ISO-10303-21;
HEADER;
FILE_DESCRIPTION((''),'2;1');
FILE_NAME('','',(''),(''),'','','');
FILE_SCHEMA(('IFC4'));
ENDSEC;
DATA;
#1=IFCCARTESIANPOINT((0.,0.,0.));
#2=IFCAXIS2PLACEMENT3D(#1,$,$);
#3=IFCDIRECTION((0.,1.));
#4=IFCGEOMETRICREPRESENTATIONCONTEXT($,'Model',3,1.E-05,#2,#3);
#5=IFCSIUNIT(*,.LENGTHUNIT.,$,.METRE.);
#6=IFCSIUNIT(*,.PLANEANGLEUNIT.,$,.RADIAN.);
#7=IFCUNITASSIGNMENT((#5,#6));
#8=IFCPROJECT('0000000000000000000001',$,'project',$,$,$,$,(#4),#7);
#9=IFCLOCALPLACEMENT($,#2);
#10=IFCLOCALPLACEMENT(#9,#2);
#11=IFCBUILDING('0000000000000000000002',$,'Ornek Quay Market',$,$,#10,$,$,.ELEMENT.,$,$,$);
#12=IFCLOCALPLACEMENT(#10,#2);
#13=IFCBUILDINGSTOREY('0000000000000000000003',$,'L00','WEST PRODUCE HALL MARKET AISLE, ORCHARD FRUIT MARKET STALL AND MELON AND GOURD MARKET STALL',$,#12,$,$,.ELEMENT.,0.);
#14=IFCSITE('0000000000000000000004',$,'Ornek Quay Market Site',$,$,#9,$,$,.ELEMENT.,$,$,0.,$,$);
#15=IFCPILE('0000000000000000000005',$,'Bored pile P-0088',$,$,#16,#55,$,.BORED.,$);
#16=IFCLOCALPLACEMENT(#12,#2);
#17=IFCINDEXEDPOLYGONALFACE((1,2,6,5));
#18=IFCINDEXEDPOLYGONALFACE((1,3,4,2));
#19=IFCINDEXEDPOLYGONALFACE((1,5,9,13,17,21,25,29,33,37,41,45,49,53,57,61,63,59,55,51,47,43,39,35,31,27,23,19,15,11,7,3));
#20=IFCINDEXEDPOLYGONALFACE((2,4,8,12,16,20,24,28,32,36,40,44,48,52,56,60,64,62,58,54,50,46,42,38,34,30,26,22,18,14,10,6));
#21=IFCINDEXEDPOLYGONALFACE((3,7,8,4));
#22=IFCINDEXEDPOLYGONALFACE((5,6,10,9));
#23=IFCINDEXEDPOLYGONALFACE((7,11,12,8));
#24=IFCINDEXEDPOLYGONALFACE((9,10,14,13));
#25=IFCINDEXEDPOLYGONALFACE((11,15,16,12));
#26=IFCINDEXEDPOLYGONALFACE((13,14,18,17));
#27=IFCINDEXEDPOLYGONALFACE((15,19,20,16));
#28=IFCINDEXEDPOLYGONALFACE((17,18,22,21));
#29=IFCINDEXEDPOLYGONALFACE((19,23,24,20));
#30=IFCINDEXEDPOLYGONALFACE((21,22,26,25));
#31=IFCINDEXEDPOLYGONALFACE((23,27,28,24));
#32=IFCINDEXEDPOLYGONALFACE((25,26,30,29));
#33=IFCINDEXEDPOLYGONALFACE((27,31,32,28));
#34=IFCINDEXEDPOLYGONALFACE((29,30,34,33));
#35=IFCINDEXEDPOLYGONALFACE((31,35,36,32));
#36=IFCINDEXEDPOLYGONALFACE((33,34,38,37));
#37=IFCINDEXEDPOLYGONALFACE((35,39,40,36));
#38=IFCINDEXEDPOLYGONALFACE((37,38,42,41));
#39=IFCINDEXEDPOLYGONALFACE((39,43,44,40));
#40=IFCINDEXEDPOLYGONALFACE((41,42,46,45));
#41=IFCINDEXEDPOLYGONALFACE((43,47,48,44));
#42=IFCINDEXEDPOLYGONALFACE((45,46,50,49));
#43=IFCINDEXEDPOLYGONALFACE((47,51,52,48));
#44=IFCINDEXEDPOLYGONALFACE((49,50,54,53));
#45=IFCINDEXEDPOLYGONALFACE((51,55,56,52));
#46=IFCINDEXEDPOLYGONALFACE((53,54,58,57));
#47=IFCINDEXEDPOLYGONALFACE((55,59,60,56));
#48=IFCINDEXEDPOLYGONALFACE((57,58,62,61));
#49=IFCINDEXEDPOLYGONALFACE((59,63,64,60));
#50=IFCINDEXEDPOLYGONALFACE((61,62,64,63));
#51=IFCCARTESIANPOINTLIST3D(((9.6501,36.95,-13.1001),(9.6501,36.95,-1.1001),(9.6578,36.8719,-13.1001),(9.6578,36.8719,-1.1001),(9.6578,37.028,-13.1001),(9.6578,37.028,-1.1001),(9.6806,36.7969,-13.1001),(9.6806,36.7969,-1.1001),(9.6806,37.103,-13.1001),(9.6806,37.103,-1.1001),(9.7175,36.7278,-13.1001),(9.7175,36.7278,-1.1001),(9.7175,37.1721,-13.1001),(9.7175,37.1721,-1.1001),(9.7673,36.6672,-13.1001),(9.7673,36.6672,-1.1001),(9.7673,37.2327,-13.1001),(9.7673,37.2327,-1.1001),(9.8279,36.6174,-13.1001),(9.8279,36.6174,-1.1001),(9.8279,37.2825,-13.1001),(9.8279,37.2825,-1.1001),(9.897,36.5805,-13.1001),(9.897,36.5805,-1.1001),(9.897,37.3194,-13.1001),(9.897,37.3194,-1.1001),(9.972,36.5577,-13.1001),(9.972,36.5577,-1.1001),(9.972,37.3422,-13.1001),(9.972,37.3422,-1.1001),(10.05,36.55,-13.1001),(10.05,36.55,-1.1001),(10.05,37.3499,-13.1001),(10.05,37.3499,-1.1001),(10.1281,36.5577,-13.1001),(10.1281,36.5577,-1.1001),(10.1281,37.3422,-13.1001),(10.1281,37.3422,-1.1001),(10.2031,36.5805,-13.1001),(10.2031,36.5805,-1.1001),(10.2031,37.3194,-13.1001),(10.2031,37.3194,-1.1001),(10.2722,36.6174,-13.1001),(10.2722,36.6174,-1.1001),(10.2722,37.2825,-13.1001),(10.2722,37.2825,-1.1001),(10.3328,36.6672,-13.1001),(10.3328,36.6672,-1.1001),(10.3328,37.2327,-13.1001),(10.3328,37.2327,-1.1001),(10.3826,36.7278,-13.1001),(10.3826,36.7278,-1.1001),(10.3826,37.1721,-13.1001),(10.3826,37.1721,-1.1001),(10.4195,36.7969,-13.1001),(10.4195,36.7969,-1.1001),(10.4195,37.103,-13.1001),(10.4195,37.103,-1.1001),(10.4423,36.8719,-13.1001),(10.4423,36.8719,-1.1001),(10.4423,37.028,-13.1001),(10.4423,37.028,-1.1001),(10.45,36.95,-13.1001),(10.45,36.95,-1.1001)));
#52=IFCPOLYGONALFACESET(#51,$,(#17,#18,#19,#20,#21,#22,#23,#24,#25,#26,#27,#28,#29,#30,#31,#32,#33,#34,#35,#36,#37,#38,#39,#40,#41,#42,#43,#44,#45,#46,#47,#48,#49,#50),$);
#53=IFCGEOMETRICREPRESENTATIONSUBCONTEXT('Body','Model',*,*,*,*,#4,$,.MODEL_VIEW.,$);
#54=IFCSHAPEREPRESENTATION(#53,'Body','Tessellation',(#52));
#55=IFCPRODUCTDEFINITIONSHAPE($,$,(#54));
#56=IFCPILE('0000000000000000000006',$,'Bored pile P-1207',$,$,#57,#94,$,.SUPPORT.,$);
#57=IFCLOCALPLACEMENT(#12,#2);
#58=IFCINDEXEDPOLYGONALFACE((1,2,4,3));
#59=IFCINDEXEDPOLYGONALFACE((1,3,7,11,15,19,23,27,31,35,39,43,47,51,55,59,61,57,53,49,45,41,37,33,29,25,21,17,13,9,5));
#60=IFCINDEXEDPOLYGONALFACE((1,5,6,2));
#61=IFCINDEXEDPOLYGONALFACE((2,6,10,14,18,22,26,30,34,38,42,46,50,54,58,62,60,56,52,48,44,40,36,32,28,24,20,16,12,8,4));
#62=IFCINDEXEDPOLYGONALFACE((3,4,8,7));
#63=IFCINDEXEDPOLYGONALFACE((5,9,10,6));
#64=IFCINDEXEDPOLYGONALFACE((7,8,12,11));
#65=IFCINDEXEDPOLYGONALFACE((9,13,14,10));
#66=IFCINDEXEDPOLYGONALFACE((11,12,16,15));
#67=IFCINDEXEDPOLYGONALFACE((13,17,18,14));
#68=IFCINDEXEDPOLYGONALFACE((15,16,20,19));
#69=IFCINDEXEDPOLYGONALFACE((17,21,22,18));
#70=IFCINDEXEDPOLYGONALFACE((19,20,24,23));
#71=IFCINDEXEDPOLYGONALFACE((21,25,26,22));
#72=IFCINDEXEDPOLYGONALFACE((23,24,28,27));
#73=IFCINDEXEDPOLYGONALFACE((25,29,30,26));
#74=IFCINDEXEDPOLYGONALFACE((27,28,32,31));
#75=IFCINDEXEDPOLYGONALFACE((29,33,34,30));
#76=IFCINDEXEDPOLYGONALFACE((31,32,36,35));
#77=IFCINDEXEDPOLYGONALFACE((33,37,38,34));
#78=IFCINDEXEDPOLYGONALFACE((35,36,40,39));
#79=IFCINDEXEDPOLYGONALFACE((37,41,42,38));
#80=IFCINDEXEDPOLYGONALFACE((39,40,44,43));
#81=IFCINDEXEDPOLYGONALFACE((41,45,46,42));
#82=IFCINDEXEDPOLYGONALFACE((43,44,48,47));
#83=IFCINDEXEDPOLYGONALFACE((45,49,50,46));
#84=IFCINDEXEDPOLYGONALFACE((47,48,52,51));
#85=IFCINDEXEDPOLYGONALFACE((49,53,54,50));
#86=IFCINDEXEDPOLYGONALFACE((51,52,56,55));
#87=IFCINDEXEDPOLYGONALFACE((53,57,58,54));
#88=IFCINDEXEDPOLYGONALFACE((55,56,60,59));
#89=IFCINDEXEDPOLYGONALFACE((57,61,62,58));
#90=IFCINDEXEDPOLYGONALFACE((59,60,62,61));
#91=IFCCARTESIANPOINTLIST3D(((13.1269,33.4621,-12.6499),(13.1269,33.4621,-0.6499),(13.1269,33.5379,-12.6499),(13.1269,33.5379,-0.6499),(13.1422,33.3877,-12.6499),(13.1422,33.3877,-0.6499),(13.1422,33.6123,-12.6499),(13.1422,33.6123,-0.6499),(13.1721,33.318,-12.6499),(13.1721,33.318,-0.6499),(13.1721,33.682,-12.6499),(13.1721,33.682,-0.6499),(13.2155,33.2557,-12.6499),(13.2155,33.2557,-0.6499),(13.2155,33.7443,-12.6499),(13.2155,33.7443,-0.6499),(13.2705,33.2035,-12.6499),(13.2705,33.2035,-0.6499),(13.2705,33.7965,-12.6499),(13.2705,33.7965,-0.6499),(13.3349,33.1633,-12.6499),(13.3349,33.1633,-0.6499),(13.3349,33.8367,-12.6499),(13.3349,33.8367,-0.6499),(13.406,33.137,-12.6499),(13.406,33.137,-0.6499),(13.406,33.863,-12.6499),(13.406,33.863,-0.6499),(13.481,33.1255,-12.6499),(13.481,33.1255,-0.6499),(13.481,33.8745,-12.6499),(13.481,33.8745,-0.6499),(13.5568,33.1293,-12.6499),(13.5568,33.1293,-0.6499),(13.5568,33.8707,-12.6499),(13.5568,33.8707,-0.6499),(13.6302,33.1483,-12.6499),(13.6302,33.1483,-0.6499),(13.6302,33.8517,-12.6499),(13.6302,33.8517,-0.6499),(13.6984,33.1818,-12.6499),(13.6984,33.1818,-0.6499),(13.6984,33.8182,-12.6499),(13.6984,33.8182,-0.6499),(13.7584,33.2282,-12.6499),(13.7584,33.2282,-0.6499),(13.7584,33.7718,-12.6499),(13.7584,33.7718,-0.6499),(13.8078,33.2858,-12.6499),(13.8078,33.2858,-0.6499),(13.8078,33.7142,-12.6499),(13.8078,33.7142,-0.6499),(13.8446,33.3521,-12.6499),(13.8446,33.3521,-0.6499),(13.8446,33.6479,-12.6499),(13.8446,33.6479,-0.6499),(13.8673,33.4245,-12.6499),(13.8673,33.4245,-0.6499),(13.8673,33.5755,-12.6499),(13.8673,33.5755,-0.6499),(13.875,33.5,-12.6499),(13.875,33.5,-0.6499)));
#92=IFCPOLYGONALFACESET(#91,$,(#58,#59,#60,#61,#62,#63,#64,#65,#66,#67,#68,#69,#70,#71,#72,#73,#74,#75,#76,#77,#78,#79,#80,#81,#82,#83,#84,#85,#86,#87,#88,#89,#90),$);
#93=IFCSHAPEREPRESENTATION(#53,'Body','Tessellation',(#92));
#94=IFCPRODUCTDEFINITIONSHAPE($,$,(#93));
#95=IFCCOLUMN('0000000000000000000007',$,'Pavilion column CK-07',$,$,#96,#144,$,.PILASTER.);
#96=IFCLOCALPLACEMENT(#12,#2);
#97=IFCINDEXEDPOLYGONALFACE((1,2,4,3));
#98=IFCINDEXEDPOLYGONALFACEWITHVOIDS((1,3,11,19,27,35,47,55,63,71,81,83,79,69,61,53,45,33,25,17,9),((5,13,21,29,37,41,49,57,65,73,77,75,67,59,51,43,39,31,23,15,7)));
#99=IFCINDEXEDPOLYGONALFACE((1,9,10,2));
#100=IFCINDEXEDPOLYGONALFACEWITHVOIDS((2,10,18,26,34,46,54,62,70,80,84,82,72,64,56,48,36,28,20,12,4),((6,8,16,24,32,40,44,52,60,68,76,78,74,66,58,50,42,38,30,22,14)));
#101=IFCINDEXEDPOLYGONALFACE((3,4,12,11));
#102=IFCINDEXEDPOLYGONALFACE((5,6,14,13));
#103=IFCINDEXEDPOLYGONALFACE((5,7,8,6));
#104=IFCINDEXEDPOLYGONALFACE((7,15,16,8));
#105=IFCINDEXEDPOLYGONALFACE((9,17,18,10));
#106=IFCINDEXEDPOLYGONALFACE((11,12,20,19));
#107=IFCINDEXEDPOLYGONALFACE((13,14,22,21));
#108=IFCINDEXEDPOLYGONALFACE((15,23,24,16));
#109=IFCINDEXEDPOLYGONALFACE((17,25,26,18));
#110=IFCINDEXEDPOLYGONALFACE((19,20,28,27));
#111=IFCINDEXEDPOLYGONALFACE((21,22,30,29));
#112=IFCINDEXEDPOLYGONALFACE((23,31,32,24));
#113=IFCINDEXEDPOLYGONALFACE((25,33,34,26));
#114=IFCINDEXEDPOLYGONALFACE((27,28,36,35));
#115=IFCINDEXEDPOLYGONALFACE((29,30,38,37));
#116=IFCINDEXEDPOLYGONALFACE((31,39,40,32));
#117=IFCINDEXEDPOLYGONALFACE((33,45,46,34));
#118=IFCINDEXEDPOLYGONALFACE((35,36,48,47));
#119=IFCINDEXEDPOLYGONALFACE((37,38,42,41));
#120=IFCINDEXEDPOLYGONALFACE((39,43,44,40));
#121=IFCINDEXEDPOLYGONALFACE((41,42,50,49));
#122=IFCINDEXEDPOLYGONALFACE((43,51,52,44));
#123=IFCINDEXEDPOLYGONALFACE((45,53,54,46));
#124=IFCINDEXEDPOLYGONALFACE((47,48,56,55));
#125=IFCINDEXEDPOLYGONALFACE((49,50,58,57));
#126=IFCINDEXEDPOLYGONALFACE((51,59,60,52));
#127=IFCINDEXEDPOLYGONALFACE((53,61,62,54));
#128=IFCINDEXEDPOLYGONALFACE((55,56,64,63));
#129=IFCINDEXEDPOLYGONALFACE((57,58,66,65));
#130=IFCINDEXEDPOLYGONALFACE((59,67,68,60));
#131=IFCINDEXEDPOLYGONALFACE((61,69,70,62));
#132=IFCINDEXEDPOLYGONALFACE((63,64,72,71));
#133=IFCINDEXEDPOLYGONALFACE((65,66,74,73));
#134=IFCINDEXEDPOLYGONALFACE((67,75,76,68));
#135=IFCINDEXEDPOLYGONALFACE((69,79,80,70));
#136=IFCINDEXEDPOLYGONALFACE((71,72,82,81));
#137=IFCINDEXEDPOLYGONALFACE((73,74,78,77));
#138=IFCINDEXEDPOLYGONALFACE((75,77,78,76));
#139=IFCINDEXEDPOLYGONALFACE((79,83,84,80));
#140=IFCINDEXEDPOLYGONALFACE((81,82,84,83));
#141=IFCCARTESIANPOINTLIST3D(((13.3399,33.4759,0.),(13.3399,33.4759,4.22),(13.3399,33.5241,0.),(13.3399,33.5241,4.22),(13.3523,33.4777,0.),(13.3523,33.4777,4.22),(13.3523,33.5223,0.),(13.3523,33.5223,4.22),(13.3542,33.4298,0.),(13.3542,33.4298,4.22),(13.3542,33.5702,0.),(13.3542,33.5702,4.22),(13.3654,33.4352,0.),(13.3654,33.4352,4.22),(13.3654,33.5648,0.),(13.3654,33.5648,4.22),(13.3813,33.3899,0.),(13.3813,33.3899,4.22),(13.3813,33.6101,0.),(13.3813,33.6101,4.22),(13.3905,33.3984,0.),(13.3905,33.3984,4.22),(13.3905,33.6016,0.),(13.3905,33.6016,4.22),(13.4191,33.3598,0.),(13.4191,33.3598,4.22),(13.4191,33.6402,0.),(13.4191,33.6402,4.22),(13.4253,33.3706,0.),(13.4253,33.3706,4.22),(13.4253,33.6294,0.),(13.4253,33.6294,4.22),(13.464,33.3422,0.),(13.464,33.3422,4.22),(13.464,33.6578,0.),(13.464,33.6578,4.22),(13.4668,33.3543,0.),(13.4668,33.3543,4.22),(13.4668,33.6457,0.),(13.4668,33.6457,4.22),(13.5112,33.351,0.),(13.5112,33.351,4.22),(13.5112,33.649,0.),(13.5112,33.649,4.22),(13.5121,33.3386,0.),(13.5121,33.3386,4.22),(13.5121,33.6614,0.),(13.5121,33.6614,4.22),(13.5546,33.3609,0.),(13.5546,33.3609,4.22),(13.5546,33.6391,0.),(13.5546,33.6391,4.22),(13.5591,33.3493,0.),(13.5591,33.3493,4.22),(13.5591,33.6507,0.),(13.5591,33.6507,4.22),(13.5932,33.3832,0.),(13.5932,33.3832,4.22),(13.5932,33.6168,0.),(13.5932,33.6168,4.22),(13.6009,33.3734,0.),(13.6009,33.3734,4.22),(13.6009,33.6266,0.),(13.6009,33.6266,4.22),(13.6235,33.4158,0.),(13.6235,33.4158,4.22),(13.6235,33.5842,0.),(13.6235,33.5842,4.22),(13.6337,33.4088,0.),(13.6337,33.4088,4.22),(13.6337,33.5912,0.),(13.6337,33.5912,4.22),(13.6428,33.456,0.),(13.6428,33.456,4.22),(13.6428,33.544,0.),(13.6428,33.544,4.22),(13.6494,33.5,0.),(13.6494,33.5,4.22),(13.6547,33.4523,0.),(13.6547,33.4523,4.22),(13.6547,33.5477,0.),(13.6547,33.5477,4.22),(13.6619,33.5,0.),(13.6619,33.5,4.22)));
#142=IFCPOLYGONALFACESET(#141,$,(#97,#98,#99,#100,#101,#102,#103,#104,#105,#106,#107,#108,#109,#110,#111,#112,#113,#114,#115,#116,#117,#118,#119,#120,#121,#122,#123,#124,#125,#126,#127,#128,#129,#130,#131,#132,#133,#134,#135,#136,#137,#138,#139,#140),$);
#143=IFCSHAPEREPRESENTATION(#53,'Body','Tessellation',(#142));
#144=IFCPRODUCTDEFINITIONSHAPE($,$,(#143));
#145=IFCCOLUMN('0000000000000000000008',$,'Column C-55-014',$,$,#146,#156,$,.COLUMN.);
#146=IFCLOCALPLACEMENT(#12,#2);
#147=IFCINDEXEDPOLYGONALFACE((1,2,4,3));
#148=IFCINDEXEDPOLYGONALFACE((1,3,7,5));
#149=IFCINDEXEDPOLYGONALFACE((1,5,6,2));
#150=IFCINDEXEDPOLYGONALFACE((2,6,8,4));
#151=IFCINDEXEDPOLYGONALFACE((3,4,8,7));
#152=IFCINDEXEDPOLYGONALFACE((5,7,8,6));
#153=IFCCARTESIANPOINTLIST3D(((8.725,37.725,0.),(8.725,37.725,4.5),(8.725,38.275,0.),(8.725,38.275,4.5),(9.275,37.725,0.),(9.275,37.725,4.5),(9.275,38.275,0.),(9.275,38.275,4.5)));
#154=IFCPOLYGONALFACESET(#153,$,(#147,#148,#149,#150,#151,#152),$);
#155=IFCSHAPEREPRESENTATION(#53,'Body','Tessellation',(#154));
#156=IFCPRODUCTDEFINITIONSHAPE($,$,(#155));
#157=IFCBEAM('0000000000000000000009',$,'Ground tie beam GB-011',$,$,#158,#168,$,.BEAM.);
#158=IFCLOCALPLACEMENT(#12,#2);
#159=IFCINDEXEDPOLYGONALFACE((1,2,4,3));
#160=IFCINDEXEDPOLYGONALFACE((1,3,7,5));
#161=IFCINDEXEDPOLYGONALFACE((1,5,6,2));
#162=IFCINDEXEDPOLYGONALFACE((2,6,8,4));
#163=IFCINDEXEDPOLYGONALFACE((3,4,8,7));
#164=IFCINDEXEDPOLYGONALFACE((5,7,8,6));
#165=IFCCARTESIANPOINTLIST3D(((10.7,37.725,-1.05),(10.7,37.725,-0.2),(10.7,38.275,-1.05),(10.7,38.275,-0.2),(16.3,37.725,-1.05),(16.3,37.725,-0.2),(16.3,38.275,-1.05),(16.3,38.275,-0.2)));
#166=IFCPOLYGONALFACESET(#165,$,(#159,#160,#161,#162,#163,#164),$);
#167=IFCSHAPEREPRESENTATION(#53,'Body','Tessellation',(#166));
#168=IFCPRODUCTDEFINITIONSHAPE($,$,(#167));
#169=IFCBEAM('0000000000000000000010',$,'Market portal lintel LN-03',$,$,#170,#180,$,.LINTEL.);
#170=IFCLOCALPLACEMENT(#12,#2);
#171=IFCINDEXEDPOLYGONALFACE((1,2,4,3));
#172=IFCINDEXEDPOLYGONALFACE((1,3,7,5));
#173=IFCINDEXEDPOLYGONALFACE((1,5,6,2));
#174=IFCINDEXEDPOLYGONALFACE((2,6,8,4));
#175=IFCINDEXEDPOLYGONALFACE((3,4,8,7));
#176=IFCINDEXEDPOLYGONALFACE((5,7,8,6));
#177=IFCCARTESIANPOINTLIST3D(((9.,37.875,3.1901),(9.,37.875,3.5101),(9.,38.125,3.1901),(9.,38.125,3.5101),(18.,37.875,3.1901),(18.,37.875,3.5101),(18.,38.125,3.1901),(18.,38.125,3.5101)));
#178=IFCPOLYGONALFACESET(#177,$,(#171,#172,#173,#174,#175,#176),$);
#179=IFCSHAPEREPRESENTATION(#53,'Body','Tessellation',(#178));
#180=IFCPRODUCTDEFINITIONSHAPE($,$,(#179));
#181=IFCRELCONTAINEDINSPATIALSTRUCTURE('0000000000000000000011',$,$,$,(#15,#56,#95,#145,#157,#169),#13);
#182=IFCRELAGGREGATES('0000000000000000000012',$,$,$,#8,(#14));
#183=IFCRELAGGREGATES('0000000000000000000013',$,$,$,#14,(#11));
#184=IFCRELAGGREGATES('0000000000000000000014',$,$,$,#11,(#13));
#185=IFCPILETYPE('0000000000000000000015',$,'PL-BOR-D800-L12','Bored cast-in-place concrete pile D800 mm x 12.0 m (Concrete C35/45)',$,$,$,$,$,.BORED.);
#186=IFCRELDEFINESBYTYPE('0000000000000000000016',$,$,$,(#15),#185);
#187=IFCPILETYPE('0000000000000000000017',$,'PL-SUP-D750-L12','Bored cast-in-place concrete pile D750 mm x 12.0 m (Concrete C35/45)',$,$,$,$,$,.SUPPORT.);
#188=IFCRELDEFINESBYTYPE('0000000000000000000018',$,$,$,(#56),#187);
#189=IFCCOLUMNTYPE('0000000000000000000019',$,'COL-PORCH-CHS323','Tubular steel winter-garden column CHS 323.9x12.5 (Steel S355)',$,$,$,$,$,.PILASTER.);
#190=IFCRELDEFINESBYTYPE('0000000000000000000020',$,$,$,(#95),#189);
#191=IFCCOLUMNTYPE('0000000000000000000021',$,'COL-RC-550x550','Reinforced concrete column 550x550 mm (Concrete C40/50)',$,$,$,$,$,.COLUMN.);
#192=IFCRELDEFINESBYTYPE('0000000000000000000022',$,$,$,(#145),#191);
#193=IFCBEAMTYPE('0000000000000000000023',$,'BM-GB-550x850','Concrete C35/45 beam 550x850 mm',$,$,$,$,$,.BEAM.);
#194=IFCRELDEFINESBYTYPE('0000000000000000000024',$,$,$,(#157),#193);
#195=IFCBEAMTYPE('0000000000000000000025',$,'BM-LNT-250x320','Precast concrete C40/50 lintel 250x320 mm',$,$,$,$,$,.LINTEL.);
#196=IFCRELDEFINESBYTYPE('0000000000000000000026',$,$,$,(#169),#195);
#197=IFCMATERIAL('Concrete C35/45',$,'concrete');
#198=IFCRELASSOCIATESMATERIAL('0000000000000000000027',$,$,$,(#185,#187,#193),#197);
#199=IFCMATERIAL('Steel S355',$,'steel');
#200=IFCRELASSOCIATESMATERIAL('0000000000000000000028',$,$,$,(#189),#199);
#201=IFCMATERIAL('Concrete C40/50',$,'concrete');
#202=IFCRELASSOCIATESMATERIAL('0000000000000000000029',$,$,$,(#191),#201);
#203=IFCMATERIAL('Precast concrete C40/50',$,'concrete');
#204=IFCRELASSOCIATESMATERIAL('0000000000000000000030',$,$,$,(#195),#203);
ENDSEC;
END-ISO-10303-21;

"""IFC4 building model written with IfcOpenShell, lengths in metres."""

from ifc_helpers import new_model, si_unit, direction, frame, origin, origin_2d, place, context, subcontext, project, spatial, rectangle, circle, hollow_circle, extrude, material, material_profile, profile_set, type_object, element, save


model = new_model("IFC4")

# Units and contexts
model_context = context("Model", 3, precision=1e-05, world=origin(), true_north=direction((0.0, 1.0)))
body_context = subcontext(model_context, "Body", "Model", "MODEL_VIEW")
ifc_project = project(units=[si_unit("LENGTHUNIT", "METRE"), si_unit("PLANEANGLEUNIT", "RADIAN")], contexts=[model_context])

# Site, building, storey
site_placement = place(None, origin())
site = spatial("IfcSite", under=ifc_project, at=site_placement, Name="Ornek Quay Market Site", CompositionType="ELEMENT", RefElevation=0.0)
building_placement = place(site_placement, origin())
building = spatial("IfcBuilding", under=site, at=building_placement, Name="Ornek Quay Market", CompositionType="ELEMENT")
storey_placement = place(building_placement, origin())
storey = spatial("IfcBuildingStorey", under=building, at=storey_placement, Name="L00", Description="WEST PRODUCE HALL MARKET AISLE, ORCHARD FRUIT MARKET STALL AND MELON AND GOURD MARKET STALL", CompositionType="ELEMENT", Elevation=0.0)

# Piles
ifc_material_1 = material(Name="Concrete C35/45", Category="concrete")
ifc_material_profile_1 = material_profile(ifc_material_1, circle(Radius=0.3999, at=origin_2d()), Name="PILE D800", Category="concrete")
ifc_profile_set_1 = profile_set([ifc_material_profile_1], Name="Concrete C35/45")
pile_type_1 = type_object("IfcPileType", Name="PL-BOR-D800-L12", Description="Bored cast-in-place concrete pile D800 mm x 12.0 m (Concrete C35/45)", PredefinedType="BORED", material=ifc_profile_set_1)
pile_1_placement = place(storey_placement, frame((10.05, 36.95, -1.1001), z_axis=(0.0, 0.0, -1.0), x_axis=(1.0, 0.0, 0.0)))
element("IfcPile", 1, at=pile_1_placement, inside=storey, type_object=pile_type_1, Name="Bored pile P-0088", PredefinedType="BORED", context=body_context, shape_type="SweptSolid", body=[
    extrude(circle(Radius=0.3999, at=origin_2d()), origin(), (0.0, 0.0, 1.0), 12.0),
])
ifc_material_profile_2 = material_profile(ifc_material_1, circle(Radius=0.375, at=origin_2d()), Name="PILE D750", Category="concrete")
ifc_profile_set_2 = profile_set([ifc_material_profile_2], Name="Concrete C35/45")
pile_type_2 = type_object("IfcPileType", Name="PL-SUP-D750-L12", Description="Bored cast-in-place concrete pile D750 mm x 12.0 m (Concrete C35/45)", PredefinedType="SUPPORT", material=ifc_profile_set_2)
pile_2_placement = place(storey_placement, frame((13.5, 33.5, -0.6499), z_axis=(0.0, 0.0, -1.0), x_axis=(1.0, 0.0, 0.0)))
element("IfcPile", 2, at=pile_2_placement, inside=storey, type_object=pile_type_2, Name="Bored pile P-1207", PredefinedType="SUPPORT", context=body_context, shape_type="SweptSolid", body=[
    extrude(circle(Radius=0.375, at=origin_2d()), origin(), (0.0, 0.0, 1.0), 12.0),
])

# Columns
ifc_material_2 = material(Name="Steel S355", Category="steel")
ifc_material_profile_3 = material_profile(ifc_material_2, hollow_circle(Radius=0.1619, WallThickness=0.0125, at=origin_2d()), Name="CHS 323.9x12.5", Category="steel")
ifc_profile_set_3 = profile_set([ifc_material_profile_3], Name="Steel S355")
column_type_1 = type_object("IfcColumnType", Name="COL-PORCH-CHS323", Description="Tubular steel winter-garden column CHS 323.9x12.5 (Steel S355)", PredefinedType="PILASTER", material=ifc_profile_set_3)
column_1_placement = place(storey_placement, frame((13.5, 33.5, 0.0), z_axis=(0.0, 0.0, 1.0), x_axis=(1.0, 0.0, 0.0)))
element("IfcColumn", 3, at=column_1_placement, inside=storey, type_object=column_type_1, Name="Pavilion column CK-07", PredefinedType="PILASTER", context=body_context, shape_type="SweptSolid", body=[
    extrude(hollow_circle(Radius=0.1619, WallThickness=0.0125, at=origin_2d()), origin(), (0.0, 0.0, 1.0), 4.22),
])
ifc_material_3 = material(Name="Concrete C40/50", Category="concrete")
ifc_material_profile_4 = material_profile(ifc_material_3, rectangle(XDim=0.55, YDim=0.55, at=origin_2d()), Name="RC 550x550", Category="concrete")
ifc_profile_set_4 = profile_set([ifc_material_profile_4], Name="Concrete C40/50")
column_type_2 = type_object("IfcColumnType", Name="COL-RC-550x550", Description="Reinforced concrete column 550x550 mm (Concrete C40/50)", PredefinedType="COLUMN", material=ifc_profile_set_4)
column_2_placement = place(storey_placement, frame((9.0, 38.0, 0.0), z_axis=(0.0, 0.0, 1.0), x_axis=(1.0, 0.0, 0.0)))
element("IfcColumn", 4, at=column_2_placement, inside=storey, type_object=column_type_2, Name="Column C-55-014", PredefinedType="COLUMN", context=body_context, shape_type="SweptSolid", body=[
    extrude(rectangle(XDim=0.55, YDim=0.55, at=origin_2d()), origin(), (0.0, 0.0, 1.0), 4.5),
])

# Beams
ifc_material_profile_5 = material_profile(ifc_material_1, rectangle(XDim=0.55, YDim=0.8501, at=origin_2d()), Name="RC 550x850", Category="concrete")
ifc_profile_set_5 = profile_set([ifc_material_profile_5], Name="Concrete C35/45")
beam_type_1 = type_object("IfcBeamType", Name="BM-GB-550x850", Description="Concrete C35/45 beam 550x850 mm", PredefinedType="BEAM", material=ifc_profile_set_5)
beam_1_placement = place(storey_placement, frame((10.7, 38.0, -0.625), z_axis=(1.0, 0.0, 0.0), x_axis=(0.0, 1.0, 0.0)))
element("IfcBeam", 5, at=beam_1_placement, inside=storey, type_object=beam_type_1, Name="Ground tie beam GB-011", PredefinedType="BEAM", context=body_context, shape_type="SweptSolid", body=[
    extrude(rectangle(XDim=0.55, YDim=0.8501, at=origin_2d()), origin(), (0.0, 0.0, 1.0), 5.6001),
])
ifc_material_4 = material(Name="Precast concrete C40/50", Category="concrete")
ifc_material_profile_6 = material_profile(ifc_material_4, rectangle(XDim=0.25, YDim=0.3201, at=origin_2d()), Name="RC 250x320", Category="concrete")
ifc_profile_set_6 = profile_set([ifc_material_profile_6], Name="Precast concrete C40/50")
beam_type_2 = type_object("IfcBeamType", Name="BM-LNT-250x320", Description="Precast concrete C40/50 lintel 250x320 mm", PredefinedType="LINTEL", material=ifc_profile_set_6)
beam_2_placement = place(storey_placement, frame((9.0, 38.0, 3.3501), z_axis=(1.0, 0.0, 0.0), x_axis=(0.0, 1.0, 0.0)))
element("IfcBeam", 6, at=beam_2_placement, inside=storey, type_object=beam_type_2, Name="Market portal lintel LN-03", PredefinedType="LINTEL", context=body_context, shape_type="SweptSolid", body=[
    extrude(rectangle(XDim=0.25, YDim=0.3201, at=origin_2d()), origin(), (0.0, 0.0, 1.0), 9.0),
])

save(model, "model.ifc")
